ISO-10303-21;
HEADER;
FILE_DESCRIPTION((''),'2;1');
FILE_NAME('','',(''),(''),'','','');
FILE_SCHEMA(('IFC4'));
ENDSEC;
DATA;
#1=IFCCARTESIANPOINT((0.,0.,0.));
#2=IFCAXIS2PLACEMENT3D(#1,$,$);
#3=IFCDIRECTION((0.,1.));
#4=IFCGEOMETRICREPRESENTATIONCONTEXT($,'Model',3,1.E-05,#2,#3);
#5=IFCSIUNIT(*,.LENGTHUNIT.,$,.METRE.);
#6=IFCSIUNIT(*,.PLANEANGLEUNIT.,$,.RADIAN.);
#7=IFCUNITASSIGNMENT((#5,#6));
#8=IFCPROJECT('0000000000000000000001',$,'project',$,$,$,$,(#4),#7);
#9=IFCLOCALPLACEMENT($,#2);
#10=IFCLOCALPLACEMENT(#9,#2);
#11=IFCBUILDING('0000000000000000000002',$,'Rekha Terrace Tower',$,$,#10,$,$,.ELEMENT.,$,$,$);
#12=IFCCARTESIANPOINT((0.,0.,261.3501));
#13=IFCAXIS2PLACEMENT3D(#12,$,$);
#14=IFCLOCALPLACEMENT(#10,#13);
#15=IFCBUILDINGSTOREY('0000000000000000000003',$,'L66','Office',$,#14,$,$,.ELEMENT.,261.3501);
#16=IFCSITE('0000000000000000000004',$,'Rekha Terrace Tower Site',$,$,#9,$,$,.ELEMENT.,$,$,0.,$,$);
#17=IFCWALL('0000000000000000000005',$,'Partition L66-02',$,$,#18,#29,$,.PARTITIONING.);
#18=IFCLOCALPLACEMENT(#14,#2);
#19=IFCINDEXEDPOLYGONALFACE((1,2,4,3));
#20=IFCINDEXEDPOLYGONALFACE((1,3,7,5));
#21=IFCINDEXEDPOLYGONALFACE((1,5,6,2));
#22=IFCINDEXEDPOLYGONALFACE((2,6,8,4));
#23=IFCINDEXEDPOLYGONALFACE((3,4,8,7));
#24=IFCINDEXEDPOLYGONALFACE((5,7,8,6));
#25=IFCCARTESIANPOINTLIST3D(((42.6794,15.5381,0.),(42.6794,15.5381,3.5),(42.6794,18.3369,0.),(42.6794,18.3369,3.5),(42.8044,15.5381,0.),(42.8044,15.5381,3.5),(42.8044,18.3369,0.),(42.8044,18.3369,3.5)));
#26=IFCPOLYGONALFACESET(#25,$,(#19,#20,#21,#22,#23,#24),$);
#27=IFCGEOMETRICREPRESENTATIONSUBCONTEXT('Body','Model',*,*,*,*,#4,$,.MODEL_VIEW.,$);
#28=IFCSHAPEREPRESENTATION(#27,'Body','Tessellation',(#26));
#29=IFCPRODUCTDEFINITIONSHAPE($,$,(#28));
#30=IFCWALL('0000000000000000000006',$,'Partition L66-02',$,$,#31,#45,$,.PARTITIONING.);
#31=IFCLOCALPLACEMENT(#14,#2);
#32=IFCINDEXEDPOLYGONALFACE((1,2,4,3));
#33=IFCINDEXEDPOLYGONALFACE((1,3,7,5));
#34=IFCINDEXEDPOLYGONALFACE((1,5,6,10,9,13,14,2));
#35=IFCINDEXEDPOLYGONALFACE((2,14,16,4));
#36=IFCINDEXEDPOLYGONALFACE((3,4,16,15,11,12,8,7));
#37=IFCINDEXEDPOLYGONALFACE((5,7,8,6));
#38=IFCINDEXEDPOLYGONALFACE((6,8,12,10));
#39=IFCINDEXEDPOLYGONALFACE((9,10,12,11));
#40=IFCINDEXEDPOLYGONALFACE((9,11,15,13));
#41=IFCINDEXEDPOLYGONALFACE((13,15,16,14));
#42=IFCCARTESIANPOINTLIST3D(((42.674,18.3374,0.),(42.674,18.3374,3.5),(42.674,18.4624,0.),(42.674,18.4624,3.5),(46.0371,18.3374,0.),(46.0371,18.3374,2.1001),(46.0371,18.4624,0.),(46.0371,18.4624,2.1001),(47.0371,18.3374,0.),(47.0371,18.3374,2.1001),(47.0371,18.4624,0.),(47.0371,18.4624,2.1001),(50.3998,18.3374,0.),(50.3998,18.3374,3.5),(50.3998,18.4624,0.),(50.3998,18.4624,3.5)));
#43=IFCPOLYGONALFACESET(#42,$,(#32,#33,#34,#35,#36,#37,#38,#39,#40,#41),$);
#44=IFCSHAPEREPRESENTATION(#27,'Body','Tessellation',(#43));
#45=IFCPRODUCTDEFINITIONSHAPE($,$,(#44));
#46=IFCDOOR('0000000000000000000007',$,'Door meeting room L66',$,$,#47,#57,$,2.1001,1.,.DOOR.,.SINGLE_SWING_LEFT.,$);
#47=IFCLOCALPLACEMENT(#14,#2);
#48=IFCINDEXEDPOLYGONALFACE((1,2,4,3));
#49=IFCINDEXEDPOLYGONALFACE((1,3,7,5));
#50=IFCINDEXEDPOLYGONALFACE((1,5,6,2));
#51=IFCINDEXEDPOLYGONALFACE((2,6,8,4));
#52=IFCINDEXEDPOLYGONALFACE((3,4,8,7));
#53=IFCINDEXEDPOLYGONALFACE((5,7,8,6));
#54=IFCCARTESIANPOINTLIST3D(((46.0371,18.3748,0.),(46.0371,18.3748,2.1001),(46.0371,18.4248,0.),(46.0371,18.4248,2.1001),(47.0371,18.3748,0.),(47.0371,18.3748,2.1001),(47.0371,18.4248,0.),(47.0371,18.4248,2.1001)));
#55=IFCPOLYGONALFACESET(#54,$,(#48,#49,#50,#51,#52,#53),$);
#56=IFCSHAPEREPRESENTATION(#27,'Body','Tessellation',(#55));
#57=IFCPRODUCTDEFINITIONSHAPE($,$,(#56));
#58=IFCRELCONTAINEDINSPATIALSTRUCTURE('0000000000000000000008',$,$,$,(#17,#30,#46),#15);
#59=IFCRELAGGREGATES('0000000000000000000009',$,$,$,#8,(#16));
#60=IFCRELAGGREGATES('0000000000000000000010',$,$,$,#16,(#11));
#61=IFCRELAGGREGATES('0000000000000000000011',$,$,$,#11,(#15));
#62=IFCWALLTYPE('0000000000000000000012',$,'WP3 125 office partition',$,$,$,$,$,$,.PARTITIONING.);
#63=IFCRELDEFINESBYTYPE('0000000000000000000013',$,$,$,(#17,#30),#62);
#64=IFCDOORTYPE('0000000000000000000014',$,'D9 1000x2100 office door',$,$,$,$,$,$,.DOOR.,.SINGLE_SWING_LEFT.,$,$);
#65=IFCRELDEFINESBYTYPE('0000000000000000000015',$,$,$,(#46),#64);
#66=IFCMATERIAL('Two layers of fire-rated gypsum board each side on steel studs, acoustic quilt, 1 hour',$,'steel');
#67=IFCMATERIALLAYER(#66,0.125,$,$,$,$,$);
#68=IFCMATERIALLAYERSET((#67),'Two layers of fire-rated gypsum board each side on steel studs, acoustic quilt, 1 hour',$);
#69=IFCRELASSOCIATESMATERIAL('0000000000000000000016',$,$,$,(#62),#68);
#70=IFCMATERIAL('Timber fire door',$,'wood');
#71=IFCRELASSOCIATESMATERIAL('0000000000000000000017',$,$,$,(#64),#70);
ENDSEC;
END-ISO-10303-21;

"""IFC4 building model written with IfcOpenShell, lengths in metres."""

from ifc_helpers import new_model, si_unit, direction, frame, frame_2d, origin, place, context, subcontext, project, spatial, rectangle, extrude, material, layer, layer_set, type_object, element, fill, save


model = new_model("IFC4")

# Units and contexts
model_context = context("Model", 3, precision=1e-05, world=origin(), true_north=direction((0.0, 1.0)))
body_context = subcontext(model_context, "Body", "Model", "MODEL_VIEW")
ifc_project = project(units=[si_unit("LENGTHUNIT", "METRE"), si_unit("PLANEANGLEUNIT", "RADIAN")], contexts=[model_context])

# Site, building, storey
site_placement = place(None, origin())
site = spatial("IfcSite", under=ifc_project, at=site_placement, Name="Rekha Terrace Tower Site", CompositionType="ELEMENT", RefElevation=0.0)
building_placement = place(site_placement, origin())
building = spatial("IfcBuilding", under=site, at=building_placement, Name="Rekha Terrace Tower", CompositionType="ELEMENT")
storey_placement = place(building_placement, frame((0.0, 0.0, 261.3501)))
storey = spatial("IfcBuildingStorey", under=building, at=storey_placement, Name="L66", Description="Office", CompositionType="ELEMENT", Elevation=261.3501)

# Wall
ifc_material_1 = material(Name="Two layers of fire-rated gypsum board each side on steel studs, acoustic quilt, 1 hour", Category="steel")
ifc_layer_1 = layer(ifc_material_1, 0.125)
ifc_layer_set_1 = layer_set([ifc_layer_1], Name="Two layers of fire-rated gypsum board each side on steel studs, acoustic quilt, 1 hour")
wall_type_1 = type_object("IfcWallType", Name="WP3 125 office partition", PredefinedType="PARTITIONING", material=ifc_layer_set_1)
wall_1_placement = place(storey_placement, frame((42.7419, 15.5381, 0.0), z_axis=(0.0, 0.0, 1.0), x_axis=(0.0, 1.0, 0.0)))
element("IfcWall", 1, at=wall_1_placement, inside=storey, type_object=wall_type_1, Name="Partition L66-02", PredefinedType="PARTITIONING", context=body_context, shape_type="SweptSolid", body=[
    extrude(rectangle(XDim=2.7988, YDim=0.125, at=frame_2d((1.3994, 0.0))), origin(), (0.0, 0.0, 1.0), 3.5),
])

# Wall, opening, door
wall_2_placement = place(storey_placement, frame((42.6741, 18.3999, 0.0), z_axis=(0.0, 0.0, 1.0), x_axis=(1.0, 0.0, 0.0)))
wall_2 = element("IfcWall", 2, at=wall_2_placement, inside=storey, type_object=wall_type_1, Name="Partition L66-02", PredefinedType="PARTITIONING", context=body_context, shape_type="SweptSolid", body=[
    extrude(rectangle(XDim=7.7258, YDim=0.125, at=frame_2d((3.8628, 0.0))), origin(), (0.0, 0.0, 1.0), 3.5),
])
opening_placement = place(wall_2_placement, frame((3.363, 0.0, 0.0)))
opening = element("IfcOpeningElement", 3, at=opening_placement, cuts=wall_2, PredefinedType="OPENING", context=body_context, shape_type="SweptSolid", body=[
    extrude(rectangle(XDim=1.0, YDim=2.1001, at=frame_2d((0.5, 1.05))), frame((0.0, 0.0725, 0.0), z_axis=(0.0, -1.0, 0.0), x_axis=(1.0, 0.0, 0.0)), (0.0, 0.0, 1.0), 0.145),
])
ifc_material_2 = material(Name="Timber fire door", Category="wood")
door_type = type_object("IfcDoorType", Name="D9 1000x2100 office door", OperationType="SINGLE_SWING_LEFT", PredefinedType="DOOR", material=ifc_material_2)
door_placement = place(opening_placement, origin())
door = element("IfcDoor", 4, at=door_placement, inside=storey, type_object=door_type, Name="Door meeting room L66", OperationType="SINGLE_SWING_LEFT", OverallHeight=2.1001, OverallWidth=1.0, PredefinedType="DOOR", context=body_context, shape_type="SweptSolid", body=[
    extrude(rectangle(XDim=1.0, YDim=2.1001, at=frame_2d((0.5, 1.05))), frame((0.0, 0.0249, 0.0), z_axis=(0.0, -1.0, 0.0), x_axis=(1.0, 0.0, 0.0)), (0.0, 0.0, 1.0), 0.05),
])
fill(opening, door)

save(model, "model.ifc")
